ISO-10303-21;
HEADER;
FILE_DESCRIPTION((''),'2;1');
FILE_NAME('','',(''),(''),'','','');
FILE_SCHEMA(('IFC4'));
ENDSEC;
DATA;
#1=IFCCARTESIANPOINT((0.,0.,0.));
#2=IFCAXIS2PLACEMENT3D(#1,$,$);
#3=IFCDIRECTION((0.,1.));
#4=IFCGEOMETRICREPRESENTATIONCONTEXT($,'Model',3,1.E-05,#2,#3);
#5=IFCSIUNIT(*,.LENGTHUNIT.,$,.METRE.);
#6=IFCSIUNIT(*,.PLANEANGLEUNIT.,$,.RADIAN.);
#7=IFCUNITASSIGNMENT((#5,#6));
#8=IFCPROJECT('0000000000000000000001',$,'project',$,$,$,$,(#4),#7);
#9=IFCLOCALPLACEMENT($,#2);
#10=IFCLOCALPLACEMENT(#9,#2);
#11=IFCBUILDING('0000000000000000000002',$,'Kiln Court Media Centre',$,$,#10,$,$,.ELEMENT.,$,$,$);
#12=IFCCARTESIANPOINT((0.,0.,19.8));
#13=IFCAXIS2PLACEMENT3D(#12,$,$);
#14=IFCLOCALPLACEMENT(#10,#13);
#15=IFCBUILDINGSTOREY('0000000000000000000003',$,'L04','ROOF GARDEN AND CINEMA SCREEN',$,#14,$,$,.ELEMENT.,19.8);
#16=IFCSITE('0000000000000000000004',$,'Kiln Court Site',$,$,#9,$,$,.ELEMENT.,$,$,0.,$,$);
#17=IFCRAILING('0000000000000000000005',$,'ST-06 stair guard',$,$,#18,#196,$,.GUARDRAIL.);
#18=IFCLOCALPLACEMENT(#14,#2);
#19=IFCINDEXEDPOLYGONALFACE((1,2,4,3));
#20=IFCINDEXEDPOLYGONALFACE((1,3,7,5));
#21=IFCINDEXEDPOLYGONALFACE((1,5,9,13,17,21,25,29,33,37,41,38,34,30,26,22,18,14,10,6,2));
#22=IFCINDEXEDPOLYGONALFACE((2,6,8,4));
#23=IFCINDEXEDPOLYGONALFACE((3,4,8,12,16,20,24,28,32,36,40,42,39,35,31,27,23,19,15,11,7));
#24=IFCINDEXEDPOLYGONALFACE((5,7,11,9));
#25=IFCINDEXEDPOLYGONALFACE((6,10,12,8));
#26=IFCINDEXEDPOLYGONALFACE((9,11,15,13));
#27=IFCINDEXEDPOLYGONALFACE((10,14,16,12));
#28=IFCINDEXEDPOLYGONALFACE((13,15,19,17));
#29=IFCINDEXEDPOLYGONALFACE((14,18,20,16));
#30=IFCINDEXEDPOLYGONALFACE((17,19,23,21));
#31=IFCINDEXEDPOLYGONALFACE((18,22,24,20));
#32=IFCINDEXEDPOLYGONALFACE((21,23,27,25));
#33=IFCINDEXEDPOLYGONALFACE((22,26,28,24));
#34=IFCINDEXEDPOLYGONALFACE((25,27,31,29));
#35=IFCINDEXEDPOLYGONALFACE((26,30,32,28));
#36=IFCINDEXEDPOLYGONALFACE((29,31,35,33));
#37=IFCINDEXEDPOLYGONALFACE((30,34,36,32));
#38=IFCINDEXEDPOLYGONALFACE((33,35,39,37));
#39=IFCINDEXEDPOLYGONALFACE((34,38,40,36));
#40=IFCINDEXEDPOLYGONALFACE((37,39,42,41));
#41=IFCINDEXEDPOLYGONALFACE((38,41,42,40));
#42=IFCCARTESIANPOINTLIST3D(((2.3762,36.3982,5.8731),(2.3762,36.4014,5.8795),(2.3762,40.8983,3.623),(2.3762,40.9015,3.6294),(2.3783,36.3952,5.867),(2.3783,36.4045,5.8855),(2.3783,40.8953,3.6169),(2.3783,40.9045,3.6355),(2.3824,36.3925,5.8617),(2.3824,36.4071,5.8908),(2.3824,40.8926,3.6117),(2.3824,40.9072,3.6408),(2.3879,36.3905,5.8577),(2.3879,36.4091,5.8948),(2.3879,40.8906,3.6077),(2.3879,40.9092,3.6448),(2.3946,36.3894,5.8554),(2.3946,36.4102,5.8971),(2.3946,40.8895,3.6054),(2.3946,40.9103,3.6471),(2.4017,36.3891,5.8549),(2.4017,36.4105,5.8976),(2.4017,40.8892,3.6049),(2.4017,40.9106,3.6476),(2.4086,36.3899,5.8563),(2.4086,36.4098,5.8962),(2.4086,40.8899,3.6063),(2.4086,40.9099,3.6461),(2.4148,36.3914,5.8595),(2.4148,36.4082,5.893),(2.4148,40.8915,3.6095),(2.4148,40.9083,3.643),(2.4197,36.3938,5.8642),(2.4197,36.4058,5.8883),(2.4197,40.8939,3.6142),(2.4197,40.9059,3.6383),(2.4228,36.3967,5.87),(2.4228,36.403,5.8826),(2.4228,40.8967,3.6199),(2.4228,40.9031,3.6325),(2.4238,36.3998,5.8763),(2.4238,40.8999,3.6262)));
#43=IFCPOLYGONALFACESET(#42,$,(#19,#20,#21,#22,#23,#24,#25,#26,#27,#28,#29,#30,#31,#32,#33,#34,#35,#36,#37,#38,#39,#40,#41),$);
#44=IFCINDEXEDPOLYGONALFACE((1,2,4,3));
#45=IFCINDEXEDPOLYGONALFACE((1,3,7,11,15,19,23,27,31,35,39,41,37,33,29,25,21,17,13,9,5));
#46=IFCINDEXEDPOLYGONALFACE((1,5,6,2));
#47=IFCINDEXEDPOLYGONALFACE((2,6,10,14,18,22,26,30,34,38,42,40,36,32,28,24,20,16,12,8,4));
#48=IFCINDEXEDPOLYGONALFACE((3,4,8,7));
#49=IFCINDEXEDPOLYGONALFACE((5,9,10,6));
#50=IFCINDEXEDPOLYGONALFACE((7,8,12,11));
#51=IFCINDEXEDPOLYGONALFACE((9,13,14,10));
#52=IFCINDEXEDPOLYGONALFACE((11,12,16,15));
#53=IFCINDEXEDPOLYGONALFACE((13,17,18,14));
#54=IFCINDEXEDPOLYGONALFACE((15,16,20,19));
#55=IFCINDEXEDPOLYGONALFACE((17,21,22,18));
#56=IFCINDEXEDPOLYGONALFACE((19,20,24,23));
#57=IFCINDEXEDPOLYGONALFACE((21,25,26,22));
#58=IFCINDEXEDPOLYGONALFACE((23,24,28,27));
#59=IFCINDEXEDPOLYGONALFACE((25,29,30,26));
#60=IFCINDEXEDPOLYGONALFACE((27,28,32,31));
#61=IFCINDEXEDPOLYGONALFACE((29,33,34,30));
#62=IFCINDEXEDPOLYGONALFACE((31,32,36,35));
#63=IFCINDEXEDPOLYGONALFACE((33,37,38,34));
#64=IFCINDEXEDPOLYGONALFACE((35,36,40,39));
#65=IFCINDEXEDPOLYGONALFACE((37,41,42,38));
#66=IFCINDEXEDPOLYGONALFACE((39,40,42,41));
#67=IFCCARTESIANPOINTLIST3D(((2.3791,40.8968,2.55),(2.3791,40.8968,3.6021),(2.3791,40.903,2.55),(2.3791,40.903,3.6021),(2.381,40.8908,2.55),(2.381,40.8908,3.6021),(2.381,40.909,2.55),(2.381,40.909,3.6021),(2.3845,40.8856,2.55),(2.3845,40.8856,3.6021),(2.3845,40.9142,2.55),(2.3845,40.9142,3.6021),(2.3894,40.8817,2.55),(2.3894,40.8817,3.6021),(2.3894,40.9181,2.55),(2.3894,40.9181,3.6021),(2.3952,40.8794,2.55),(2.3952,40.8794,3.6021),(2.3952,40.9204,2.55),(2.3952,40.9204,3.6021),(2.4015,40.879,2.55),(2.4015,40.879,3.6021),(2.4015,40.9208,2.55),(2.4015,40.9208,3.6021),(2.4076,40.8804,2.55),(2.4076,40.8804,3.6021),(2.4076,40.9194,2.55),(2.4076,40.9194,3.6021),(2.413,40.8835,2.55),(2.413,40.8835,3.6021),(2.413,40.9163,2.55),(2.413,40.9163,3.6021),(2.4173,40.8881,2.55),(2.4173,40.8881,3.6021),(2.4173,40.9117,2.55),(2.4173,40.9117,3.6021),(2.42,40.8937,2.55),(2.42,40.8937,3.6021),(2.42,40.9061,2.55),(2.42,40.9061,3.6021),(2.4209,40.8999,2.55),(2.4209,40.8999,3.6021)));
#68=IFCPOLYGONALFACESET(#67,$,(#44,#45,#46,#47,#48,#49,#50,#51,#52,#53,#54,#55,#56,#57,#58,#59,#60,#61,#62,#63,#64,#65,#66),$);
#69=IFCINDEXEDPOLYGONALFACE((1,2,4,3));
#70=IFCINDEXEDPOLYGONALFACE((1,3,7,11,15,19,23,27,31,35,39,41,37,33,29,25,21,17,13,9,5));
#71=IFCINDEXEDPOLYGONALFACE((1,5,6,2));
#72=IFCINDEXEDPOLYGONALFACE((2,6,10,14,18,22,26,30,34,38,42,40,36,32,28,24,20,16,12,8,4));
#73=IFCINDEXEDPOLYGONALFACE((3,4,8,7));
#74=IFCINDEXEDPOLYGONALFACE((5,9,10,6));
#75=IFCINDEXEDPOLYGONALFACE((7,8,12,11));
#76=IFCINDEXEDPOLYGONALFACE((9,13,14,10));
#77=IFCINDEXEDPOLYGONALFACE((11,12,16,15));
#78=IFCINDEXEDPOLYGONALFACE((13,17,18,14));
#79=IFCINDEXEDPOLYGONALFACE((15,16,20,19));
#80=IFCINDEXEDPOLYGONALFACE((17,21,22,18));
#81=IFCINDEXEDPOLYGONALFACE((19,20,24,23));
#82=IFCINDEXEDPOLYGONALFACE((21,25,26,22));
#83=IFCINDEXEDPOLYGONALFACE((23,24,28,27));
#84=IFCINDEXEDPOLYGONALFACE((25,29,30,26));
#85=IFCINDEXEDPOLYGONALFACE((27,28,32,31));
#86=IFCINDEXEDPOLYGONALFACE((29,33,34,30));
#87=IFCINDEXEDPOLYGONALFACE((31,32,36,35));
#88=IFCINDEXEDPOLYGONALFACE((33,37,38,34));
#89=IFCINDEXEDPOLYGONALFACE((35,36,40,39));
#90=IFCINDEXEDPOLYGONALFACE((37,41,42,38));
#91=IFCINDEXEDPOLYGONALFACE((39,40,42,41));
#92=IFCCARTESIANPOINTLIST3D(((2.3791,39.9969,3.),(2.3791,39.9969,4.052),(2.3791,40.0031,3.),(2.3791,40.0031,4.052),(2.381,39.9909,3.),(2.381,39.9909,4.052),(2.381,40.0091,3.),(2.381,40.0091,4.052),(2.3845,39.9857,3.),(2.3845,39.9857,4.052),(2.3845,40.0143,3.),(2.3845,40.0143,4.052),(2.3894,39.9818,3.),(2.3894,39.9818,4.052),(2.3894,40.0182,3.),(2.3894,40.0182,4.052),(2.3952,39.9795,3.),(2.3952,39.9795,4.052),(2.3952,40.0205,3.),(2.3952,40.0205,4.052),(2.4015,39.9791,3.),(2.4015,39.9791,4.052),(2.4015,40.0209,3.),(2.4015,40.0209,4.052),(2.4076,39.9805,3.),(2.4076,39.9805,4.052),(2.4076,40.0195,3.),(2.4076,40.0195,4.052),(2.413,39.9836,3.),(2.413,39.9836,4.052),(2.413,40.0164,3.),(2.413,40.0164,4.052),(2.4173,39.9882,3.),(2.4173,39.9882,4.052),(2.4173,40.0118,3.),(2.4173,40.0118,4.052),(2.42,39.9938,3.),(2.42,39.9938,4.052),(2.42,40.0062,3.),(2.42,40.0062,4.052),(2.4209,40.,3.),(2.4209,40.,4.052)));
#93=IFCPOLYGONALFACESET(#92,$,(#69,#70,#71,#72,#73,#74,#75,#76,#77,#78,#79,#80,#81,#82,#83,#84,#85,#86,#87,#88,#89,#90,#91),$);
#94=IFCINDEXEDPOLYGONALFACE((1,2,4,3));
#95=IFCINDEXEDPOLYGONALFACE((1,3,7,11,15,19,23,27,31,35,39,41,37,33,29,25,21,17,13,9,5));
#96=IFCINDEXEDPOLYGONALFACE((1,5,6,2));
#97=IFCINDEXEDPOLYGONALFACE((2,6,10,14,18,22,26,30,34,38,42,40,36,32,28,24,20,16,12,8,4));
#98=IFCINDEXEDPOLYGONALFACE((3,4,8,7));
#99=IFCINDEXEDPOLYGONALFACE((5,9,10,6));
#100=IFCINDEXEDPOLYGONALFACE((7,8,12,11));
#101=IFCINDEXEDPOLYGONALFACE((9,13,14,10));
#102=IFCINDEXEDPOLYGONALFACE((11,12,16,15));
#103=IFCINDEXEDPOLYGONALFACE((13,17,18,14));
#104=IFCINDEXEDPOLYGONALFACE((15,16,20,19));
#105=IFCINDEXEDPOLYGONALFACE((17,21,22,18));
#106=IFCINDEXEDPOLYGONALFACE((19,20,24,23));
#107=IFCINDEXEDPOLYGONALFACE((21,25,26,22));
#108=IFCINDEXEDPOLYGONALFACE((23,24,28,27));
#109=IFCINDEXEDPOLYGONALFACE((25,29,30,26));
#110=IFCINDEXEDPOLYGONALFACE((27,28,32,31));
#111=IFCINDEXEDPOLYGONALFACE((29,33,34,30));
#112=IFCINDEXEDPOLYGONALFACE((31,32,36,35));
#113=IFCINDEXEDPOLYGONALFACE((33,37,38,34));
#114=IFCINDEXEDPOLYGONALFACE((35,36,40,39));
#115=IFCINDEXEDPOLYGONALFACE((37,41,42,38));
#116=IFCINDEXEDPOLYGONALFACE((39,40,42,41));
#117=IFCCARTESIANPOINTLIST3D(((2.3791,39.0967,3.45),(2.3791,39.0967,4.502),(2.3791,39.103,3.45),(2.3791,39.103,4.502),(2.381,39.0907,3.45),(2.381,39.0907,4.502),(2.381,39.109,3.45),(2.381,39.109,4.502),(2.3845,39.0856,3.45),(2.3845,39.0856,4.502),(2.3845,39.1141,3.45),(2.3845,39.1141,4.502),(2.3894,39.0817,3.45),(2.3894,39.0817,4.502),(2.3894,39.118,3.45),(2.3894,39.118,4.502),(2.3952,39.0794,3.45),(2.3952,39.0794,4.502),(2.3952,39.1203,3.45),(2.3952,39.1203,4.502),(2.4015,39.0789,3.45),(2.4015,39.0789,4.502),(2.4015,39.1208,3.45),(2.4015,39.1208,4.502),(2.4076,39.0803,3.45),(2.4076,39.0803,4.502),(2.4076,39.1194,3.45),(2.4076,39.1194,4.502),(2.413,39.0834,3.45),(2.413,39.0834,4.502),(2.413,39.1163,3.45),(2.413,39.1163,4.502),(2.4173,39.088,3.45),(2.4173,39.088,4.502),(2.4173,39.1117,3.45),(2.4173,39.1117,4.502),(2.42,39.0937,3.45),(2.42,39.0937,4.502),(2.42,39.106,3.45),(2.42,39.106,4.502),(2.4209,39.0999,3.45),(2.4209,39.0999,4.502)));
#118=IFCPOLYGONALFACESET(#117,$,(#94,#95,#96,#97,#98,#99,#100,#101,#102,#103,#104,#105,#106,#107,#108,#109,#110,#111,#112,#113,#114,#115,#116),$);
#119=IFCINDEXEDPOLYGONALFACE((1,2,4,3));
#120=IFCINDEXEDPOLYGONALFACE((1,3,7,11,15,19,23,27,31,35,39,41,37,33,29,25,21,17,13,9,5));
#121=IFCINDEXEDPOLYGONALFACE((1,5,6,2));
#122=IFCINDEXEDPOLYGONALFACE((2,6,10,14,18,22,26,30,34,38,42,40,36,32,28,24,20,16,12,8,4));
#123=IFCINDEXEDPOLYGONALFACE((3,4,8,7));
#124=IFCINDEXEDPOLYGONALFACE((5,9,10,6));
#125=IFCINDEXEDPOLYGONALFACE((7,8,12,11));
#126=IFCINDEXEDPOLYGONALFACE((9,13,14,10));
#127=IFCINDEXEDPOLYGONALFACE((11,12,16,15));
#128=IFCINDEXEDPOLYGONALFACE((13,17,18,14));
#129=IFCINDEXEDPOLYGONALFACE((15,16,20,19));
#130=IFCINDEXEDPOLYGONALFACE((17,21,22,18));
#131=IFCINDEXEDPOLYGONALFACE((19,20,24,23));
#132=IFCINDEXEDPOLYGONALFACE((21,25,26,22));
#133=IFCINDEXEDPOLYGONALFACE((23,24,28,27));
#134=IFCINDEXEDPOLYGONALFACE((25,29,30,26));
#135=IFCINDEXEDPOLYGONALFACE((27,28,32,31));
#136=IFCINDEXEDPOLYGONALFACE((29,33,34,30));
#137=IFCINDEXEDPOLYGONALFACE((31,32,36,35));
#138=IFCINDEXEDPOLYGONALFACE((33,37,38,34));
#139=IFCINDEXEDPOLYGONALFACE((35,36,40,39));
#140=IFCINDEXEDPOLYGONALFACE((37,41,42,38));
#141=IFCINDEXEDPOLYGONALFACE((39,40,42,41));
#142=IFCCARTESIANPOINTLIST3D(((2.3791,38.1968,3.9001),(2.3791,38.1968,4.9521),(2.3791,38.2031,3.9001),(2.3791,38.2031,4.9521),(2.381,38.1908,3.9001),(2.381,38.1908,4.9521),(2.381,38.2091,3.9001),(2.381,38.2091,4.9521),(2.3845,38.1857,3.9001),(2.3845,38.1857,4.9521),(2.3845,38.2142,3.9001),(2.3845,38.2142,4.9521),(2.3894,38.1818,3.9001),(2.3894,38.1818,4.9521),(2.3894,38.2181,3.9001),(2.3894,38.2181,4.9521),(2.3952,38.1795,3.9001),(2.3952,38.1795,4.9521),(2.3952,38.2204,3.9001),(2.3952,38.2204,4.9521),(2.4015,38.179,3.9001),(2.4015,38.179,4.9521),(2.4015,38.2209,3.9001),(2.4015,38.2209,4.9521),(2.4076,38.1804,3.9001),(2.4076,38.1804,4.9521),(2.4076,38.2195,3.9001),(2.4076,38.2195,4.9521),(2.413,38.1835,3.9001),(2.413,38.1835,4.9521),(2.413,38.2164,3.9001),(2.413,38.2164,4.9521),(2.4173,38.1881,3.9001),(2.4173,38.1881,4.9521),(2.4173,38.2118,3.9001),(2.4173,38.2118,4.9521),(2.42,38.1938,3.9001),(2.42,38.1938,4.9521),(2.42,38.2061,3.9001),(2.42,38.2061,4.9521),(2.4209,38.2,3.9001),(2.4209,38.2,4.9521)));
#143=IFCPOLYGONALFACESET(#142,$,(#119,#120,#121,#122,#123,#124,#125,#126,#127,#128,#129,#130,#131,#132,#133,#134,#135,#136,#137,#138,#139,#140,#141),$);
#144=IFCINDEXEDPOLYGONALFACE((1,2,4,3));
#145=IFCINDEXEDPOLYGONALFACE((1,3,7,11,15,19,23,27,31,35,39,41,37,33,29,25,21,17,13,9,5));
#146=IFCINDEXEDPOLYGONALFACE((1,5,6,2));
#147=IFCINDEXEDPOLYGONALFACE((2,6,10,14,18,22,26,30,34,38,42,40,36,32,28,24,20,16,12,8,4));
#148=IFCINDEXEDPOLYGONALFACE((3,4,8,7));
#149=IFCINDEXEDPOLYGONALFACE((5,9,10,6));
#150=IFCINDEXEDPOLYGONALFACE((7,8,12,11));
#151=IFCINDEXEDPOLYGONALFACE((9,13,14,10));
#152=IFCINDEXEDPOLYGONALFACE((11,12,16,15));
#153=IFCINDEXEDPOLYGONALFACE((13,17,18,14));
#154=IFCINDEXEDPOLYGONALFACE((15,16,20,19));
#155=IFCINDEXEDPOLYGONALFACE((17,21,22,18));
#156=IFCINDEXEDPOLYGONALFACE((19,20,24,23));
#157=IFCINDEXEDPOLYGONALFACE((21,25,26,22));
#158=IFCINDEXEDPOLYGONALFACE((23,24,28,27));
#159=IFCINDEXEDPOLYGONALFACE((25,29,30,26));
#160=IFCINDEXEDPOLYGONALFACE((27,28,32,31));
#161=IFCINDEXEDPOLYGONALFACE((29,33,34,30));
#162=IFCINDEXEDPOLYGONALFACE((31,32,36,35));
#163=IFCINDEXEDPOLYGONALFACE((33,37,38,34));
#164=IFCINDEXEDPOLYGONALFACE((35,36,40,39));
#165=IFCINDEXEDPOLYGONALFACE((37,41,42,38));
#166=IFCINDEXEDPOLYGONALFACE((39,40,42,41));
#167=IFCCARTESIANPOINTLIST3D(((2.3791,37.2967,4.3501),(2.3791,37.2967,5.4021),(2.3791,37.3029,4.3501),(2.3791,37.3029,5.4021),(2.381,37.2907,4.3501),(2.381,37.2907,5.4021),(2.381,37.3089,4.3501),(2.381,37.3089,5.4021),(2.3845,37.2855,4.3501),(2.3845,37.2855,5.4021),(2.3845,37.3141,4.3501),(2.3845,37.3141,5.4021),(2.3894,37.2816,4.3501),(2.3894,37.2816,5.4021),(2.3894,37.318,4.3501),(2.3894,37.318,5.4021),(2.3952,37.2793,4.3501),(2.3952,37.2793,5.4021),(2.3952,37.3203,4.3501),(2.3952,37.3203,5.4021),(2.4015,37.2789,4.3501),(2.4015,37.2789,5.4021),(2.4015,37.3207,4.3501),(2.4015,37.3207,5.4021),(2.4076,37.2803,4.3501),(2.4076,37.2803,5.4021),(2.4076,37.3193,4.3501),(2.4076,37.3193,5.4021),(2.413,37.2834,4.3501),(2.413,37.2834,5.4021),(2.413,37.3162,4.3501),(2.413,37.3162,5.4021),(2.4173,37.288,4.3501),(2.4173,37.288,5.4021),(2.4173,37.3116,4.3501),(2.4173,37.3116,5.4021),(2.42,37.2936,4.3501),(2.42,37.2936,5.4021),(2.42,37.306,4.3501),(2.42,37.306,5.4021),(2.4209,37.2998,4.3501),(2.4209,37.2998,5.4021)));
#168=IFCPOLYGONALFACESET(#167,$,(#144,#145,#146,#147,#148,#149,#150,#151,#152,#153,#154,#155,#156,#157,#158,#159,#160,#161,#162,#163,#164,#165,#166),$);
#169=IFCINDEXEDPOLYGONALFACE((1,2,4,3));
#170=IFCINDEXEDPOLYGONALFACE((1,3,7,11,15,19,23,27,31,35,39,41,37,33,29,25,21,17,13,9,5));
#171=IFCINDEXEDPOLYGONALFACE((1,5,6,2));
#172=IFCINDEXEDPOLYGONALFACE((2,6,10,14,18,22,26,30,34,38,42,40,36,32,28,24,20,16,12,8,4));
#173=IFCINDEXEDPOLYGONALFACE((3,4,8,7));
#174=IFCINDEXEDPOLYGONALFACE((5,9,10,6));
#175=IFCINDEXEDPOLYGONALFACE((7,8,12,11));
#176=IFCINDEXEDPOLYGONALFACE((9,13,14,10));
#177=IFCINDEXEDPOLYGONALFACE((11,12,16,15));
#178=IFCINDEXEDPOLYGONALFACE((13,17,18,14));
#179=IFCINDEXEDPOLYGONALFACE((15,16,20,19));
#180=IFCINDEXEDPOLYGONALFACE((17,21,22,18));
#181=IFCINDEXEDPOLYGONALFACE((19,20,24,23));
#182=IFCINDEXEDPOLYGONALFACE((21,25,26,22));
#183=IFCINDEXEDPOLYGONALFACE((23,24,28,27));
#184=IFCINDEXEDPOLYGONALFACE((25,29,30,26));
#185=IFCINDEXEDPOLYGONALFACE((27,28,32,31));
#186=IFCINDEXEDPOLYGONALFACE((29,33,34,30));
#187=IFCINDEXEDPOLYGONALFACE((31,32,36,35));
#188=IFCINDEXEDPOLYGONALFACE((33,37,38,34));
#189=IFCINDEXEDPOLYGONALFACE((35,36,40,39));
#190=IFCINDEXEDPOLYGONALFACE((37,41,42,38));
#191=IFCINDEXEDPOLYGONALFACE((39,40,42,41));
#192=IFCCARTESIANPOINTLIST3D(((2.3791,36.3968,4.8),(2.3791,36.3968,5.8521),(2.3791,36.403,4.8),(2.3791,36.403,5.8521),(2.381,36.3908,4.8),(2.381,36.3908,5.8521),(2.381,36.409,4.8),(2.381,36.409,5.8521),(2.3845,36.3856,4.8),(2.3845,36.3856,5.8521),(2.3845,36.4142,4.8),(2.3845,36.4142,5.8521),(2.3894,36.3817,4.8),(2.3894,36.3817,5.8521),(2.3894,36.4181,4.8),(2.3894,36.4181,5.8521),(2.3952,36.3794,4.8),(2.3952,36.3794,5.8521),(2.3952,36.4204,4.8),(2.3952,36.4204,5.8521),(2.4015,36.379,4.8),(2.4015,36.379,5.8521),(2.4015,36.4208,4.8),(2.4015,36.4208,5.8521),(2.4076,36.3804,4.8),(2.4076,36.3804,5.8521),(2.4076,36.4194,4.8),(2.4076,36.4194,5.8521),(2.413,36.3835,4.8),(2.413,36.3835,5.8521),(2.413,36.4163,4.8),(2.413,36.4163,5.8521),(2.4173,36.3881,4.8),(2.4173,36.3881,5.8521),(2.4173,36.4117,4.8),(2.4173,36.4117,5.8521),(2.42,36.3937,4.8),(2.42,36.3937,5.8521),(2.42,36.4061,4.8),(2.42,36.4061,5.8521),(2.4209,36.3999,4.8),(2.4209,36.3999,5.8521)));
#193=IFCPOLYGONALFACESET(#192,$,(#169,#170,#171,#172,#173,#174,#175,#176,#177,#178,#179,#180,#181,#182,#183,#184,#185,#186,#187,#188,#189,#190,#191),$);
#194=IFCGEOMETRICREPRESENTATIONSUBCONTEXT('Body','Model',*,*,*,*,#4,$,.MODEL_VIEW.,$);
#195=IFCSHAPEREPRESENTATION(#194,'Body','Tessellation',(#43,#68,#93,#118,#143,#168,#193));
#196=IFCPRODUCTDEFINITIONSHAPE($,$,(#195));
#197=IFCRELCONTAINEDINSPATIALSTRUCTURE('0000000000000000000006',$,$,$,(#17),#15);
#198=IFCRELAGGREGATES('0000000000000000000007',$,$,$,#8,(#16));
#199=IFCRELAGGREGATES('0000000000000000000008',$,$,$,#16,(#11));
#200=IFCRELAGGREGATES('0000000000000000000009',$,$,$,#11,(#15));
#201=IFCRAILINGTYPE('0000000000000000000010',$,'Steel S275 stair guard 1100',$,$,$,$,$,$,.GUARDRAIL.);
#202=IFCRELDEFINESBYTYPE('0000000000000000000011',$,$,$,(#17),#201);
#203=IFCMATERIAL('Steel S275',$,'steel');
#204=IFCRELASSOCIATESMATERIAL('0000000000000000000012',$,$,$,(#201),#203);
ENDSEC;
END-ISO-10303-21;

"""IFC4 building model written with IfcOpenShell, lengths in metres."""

from ifc_helpers import new_model, si_unit, direction, frame, origin, origin_2d, place, context, subcontext, project, spatial, circle, extrude, material, type_object, element, save


model = new_model("IFC4")

# Units and contexts
model_context = context("Model", 3, precision=1e-05, world=origin(), true_north=direction((0.0, 1.0)))
body_context = subcontext(model_context, "Body", "Model", "MODEL_VIEW")
ifc_project = project(units=[si_unit("LENGTHUNIT", "METRE"), si_unit("PLANEANGLEUNIT", "RADIAN")], contexts=[model_context])

# Site, building, storey
site_placement = place(None, origin())
site = spatial("IfcSite", under=ifc_project, at=site_placement, Name="Kiln Court Site", CompositionType="ELEMENT", RefElevation=0.0)
building_placement = place(site_placement, origin())
building = spatial("IfcBuilding", under=site, at=building_placement, Name="Kiln Court Media Centre", CompositionType="ELEMENT")
storey_placement = place(building_placement, frame((0.0, 0.0, 19.8)))
storey = spatial("IfcBuildingStorey", under=building, at=storey_placement, Name="L04", Description="ROOF GARDEN AND CINEMA SCREEN", CompositionType="ELEMENT", Elevation=19.8)

# Railing
ifc_material_1 = material(Name="Steel S275", Category="steel")
railing_type_1 = type_object("IfcRailingType", Name="Steel S275 stair guard 1100", PredefinedType="GUARDRAIL", material=ifc_material_1)
railing_1_placement = place(storey_placement, frame((2.3999, 40.8999, 2.55)))
element("IfcRailing", 1, at=railing_1_placement, inside=storey, type_object=railing_type_1, Name="ST-06 stair guard", PredefinedType="GUARDRAIL", context=body_context, shape_type="SweptSolid", body=[
    extrude(circle(Radius=0.0239, at=origin_2d()), frame((0.0, 0.0, 1.0762), z_axis=(0.0, -0.894427, 0.447214), x_axis=(1.0, 0.0, 0.0)), (0.0, 0.0, 1.0), 5.0312),
    extrude(circle(Radius=0.021, at=origin_2d()), origin(), (0.0, 0.0, 1.0), 1.052),
    extrude(circle(Radius=0.021, at=origin_2d()), frame((0.0, -0.8999, 0.45)), (0.0, 0.0, 1.0), 1.052),
    extrude(circle(Radius=0.021, at=origin_2d()), frame((0.0, -1.8, 0.8999)), (0.0, 0.0, 1.0), 1.052),
    extrude(circle(Radius=0.021, at=origin_2d()), frame((0.0, -2.7, 1.3501)), (0.0, 0.0, 1.0), 1.052),
    extrude(circle(Radius=0.021, at=origin_2d()), frame((0.0, -3.6001, 1.8)), (0.0, 0.0, 1.0), 1.052),
    extrude(circle(Radius=0.021, at=origin_2d()), frame((0.0, -4.5, 2.25)), (0.0, 0.0, 1.0), 1.052),
])

save(model, "model.ifc")
